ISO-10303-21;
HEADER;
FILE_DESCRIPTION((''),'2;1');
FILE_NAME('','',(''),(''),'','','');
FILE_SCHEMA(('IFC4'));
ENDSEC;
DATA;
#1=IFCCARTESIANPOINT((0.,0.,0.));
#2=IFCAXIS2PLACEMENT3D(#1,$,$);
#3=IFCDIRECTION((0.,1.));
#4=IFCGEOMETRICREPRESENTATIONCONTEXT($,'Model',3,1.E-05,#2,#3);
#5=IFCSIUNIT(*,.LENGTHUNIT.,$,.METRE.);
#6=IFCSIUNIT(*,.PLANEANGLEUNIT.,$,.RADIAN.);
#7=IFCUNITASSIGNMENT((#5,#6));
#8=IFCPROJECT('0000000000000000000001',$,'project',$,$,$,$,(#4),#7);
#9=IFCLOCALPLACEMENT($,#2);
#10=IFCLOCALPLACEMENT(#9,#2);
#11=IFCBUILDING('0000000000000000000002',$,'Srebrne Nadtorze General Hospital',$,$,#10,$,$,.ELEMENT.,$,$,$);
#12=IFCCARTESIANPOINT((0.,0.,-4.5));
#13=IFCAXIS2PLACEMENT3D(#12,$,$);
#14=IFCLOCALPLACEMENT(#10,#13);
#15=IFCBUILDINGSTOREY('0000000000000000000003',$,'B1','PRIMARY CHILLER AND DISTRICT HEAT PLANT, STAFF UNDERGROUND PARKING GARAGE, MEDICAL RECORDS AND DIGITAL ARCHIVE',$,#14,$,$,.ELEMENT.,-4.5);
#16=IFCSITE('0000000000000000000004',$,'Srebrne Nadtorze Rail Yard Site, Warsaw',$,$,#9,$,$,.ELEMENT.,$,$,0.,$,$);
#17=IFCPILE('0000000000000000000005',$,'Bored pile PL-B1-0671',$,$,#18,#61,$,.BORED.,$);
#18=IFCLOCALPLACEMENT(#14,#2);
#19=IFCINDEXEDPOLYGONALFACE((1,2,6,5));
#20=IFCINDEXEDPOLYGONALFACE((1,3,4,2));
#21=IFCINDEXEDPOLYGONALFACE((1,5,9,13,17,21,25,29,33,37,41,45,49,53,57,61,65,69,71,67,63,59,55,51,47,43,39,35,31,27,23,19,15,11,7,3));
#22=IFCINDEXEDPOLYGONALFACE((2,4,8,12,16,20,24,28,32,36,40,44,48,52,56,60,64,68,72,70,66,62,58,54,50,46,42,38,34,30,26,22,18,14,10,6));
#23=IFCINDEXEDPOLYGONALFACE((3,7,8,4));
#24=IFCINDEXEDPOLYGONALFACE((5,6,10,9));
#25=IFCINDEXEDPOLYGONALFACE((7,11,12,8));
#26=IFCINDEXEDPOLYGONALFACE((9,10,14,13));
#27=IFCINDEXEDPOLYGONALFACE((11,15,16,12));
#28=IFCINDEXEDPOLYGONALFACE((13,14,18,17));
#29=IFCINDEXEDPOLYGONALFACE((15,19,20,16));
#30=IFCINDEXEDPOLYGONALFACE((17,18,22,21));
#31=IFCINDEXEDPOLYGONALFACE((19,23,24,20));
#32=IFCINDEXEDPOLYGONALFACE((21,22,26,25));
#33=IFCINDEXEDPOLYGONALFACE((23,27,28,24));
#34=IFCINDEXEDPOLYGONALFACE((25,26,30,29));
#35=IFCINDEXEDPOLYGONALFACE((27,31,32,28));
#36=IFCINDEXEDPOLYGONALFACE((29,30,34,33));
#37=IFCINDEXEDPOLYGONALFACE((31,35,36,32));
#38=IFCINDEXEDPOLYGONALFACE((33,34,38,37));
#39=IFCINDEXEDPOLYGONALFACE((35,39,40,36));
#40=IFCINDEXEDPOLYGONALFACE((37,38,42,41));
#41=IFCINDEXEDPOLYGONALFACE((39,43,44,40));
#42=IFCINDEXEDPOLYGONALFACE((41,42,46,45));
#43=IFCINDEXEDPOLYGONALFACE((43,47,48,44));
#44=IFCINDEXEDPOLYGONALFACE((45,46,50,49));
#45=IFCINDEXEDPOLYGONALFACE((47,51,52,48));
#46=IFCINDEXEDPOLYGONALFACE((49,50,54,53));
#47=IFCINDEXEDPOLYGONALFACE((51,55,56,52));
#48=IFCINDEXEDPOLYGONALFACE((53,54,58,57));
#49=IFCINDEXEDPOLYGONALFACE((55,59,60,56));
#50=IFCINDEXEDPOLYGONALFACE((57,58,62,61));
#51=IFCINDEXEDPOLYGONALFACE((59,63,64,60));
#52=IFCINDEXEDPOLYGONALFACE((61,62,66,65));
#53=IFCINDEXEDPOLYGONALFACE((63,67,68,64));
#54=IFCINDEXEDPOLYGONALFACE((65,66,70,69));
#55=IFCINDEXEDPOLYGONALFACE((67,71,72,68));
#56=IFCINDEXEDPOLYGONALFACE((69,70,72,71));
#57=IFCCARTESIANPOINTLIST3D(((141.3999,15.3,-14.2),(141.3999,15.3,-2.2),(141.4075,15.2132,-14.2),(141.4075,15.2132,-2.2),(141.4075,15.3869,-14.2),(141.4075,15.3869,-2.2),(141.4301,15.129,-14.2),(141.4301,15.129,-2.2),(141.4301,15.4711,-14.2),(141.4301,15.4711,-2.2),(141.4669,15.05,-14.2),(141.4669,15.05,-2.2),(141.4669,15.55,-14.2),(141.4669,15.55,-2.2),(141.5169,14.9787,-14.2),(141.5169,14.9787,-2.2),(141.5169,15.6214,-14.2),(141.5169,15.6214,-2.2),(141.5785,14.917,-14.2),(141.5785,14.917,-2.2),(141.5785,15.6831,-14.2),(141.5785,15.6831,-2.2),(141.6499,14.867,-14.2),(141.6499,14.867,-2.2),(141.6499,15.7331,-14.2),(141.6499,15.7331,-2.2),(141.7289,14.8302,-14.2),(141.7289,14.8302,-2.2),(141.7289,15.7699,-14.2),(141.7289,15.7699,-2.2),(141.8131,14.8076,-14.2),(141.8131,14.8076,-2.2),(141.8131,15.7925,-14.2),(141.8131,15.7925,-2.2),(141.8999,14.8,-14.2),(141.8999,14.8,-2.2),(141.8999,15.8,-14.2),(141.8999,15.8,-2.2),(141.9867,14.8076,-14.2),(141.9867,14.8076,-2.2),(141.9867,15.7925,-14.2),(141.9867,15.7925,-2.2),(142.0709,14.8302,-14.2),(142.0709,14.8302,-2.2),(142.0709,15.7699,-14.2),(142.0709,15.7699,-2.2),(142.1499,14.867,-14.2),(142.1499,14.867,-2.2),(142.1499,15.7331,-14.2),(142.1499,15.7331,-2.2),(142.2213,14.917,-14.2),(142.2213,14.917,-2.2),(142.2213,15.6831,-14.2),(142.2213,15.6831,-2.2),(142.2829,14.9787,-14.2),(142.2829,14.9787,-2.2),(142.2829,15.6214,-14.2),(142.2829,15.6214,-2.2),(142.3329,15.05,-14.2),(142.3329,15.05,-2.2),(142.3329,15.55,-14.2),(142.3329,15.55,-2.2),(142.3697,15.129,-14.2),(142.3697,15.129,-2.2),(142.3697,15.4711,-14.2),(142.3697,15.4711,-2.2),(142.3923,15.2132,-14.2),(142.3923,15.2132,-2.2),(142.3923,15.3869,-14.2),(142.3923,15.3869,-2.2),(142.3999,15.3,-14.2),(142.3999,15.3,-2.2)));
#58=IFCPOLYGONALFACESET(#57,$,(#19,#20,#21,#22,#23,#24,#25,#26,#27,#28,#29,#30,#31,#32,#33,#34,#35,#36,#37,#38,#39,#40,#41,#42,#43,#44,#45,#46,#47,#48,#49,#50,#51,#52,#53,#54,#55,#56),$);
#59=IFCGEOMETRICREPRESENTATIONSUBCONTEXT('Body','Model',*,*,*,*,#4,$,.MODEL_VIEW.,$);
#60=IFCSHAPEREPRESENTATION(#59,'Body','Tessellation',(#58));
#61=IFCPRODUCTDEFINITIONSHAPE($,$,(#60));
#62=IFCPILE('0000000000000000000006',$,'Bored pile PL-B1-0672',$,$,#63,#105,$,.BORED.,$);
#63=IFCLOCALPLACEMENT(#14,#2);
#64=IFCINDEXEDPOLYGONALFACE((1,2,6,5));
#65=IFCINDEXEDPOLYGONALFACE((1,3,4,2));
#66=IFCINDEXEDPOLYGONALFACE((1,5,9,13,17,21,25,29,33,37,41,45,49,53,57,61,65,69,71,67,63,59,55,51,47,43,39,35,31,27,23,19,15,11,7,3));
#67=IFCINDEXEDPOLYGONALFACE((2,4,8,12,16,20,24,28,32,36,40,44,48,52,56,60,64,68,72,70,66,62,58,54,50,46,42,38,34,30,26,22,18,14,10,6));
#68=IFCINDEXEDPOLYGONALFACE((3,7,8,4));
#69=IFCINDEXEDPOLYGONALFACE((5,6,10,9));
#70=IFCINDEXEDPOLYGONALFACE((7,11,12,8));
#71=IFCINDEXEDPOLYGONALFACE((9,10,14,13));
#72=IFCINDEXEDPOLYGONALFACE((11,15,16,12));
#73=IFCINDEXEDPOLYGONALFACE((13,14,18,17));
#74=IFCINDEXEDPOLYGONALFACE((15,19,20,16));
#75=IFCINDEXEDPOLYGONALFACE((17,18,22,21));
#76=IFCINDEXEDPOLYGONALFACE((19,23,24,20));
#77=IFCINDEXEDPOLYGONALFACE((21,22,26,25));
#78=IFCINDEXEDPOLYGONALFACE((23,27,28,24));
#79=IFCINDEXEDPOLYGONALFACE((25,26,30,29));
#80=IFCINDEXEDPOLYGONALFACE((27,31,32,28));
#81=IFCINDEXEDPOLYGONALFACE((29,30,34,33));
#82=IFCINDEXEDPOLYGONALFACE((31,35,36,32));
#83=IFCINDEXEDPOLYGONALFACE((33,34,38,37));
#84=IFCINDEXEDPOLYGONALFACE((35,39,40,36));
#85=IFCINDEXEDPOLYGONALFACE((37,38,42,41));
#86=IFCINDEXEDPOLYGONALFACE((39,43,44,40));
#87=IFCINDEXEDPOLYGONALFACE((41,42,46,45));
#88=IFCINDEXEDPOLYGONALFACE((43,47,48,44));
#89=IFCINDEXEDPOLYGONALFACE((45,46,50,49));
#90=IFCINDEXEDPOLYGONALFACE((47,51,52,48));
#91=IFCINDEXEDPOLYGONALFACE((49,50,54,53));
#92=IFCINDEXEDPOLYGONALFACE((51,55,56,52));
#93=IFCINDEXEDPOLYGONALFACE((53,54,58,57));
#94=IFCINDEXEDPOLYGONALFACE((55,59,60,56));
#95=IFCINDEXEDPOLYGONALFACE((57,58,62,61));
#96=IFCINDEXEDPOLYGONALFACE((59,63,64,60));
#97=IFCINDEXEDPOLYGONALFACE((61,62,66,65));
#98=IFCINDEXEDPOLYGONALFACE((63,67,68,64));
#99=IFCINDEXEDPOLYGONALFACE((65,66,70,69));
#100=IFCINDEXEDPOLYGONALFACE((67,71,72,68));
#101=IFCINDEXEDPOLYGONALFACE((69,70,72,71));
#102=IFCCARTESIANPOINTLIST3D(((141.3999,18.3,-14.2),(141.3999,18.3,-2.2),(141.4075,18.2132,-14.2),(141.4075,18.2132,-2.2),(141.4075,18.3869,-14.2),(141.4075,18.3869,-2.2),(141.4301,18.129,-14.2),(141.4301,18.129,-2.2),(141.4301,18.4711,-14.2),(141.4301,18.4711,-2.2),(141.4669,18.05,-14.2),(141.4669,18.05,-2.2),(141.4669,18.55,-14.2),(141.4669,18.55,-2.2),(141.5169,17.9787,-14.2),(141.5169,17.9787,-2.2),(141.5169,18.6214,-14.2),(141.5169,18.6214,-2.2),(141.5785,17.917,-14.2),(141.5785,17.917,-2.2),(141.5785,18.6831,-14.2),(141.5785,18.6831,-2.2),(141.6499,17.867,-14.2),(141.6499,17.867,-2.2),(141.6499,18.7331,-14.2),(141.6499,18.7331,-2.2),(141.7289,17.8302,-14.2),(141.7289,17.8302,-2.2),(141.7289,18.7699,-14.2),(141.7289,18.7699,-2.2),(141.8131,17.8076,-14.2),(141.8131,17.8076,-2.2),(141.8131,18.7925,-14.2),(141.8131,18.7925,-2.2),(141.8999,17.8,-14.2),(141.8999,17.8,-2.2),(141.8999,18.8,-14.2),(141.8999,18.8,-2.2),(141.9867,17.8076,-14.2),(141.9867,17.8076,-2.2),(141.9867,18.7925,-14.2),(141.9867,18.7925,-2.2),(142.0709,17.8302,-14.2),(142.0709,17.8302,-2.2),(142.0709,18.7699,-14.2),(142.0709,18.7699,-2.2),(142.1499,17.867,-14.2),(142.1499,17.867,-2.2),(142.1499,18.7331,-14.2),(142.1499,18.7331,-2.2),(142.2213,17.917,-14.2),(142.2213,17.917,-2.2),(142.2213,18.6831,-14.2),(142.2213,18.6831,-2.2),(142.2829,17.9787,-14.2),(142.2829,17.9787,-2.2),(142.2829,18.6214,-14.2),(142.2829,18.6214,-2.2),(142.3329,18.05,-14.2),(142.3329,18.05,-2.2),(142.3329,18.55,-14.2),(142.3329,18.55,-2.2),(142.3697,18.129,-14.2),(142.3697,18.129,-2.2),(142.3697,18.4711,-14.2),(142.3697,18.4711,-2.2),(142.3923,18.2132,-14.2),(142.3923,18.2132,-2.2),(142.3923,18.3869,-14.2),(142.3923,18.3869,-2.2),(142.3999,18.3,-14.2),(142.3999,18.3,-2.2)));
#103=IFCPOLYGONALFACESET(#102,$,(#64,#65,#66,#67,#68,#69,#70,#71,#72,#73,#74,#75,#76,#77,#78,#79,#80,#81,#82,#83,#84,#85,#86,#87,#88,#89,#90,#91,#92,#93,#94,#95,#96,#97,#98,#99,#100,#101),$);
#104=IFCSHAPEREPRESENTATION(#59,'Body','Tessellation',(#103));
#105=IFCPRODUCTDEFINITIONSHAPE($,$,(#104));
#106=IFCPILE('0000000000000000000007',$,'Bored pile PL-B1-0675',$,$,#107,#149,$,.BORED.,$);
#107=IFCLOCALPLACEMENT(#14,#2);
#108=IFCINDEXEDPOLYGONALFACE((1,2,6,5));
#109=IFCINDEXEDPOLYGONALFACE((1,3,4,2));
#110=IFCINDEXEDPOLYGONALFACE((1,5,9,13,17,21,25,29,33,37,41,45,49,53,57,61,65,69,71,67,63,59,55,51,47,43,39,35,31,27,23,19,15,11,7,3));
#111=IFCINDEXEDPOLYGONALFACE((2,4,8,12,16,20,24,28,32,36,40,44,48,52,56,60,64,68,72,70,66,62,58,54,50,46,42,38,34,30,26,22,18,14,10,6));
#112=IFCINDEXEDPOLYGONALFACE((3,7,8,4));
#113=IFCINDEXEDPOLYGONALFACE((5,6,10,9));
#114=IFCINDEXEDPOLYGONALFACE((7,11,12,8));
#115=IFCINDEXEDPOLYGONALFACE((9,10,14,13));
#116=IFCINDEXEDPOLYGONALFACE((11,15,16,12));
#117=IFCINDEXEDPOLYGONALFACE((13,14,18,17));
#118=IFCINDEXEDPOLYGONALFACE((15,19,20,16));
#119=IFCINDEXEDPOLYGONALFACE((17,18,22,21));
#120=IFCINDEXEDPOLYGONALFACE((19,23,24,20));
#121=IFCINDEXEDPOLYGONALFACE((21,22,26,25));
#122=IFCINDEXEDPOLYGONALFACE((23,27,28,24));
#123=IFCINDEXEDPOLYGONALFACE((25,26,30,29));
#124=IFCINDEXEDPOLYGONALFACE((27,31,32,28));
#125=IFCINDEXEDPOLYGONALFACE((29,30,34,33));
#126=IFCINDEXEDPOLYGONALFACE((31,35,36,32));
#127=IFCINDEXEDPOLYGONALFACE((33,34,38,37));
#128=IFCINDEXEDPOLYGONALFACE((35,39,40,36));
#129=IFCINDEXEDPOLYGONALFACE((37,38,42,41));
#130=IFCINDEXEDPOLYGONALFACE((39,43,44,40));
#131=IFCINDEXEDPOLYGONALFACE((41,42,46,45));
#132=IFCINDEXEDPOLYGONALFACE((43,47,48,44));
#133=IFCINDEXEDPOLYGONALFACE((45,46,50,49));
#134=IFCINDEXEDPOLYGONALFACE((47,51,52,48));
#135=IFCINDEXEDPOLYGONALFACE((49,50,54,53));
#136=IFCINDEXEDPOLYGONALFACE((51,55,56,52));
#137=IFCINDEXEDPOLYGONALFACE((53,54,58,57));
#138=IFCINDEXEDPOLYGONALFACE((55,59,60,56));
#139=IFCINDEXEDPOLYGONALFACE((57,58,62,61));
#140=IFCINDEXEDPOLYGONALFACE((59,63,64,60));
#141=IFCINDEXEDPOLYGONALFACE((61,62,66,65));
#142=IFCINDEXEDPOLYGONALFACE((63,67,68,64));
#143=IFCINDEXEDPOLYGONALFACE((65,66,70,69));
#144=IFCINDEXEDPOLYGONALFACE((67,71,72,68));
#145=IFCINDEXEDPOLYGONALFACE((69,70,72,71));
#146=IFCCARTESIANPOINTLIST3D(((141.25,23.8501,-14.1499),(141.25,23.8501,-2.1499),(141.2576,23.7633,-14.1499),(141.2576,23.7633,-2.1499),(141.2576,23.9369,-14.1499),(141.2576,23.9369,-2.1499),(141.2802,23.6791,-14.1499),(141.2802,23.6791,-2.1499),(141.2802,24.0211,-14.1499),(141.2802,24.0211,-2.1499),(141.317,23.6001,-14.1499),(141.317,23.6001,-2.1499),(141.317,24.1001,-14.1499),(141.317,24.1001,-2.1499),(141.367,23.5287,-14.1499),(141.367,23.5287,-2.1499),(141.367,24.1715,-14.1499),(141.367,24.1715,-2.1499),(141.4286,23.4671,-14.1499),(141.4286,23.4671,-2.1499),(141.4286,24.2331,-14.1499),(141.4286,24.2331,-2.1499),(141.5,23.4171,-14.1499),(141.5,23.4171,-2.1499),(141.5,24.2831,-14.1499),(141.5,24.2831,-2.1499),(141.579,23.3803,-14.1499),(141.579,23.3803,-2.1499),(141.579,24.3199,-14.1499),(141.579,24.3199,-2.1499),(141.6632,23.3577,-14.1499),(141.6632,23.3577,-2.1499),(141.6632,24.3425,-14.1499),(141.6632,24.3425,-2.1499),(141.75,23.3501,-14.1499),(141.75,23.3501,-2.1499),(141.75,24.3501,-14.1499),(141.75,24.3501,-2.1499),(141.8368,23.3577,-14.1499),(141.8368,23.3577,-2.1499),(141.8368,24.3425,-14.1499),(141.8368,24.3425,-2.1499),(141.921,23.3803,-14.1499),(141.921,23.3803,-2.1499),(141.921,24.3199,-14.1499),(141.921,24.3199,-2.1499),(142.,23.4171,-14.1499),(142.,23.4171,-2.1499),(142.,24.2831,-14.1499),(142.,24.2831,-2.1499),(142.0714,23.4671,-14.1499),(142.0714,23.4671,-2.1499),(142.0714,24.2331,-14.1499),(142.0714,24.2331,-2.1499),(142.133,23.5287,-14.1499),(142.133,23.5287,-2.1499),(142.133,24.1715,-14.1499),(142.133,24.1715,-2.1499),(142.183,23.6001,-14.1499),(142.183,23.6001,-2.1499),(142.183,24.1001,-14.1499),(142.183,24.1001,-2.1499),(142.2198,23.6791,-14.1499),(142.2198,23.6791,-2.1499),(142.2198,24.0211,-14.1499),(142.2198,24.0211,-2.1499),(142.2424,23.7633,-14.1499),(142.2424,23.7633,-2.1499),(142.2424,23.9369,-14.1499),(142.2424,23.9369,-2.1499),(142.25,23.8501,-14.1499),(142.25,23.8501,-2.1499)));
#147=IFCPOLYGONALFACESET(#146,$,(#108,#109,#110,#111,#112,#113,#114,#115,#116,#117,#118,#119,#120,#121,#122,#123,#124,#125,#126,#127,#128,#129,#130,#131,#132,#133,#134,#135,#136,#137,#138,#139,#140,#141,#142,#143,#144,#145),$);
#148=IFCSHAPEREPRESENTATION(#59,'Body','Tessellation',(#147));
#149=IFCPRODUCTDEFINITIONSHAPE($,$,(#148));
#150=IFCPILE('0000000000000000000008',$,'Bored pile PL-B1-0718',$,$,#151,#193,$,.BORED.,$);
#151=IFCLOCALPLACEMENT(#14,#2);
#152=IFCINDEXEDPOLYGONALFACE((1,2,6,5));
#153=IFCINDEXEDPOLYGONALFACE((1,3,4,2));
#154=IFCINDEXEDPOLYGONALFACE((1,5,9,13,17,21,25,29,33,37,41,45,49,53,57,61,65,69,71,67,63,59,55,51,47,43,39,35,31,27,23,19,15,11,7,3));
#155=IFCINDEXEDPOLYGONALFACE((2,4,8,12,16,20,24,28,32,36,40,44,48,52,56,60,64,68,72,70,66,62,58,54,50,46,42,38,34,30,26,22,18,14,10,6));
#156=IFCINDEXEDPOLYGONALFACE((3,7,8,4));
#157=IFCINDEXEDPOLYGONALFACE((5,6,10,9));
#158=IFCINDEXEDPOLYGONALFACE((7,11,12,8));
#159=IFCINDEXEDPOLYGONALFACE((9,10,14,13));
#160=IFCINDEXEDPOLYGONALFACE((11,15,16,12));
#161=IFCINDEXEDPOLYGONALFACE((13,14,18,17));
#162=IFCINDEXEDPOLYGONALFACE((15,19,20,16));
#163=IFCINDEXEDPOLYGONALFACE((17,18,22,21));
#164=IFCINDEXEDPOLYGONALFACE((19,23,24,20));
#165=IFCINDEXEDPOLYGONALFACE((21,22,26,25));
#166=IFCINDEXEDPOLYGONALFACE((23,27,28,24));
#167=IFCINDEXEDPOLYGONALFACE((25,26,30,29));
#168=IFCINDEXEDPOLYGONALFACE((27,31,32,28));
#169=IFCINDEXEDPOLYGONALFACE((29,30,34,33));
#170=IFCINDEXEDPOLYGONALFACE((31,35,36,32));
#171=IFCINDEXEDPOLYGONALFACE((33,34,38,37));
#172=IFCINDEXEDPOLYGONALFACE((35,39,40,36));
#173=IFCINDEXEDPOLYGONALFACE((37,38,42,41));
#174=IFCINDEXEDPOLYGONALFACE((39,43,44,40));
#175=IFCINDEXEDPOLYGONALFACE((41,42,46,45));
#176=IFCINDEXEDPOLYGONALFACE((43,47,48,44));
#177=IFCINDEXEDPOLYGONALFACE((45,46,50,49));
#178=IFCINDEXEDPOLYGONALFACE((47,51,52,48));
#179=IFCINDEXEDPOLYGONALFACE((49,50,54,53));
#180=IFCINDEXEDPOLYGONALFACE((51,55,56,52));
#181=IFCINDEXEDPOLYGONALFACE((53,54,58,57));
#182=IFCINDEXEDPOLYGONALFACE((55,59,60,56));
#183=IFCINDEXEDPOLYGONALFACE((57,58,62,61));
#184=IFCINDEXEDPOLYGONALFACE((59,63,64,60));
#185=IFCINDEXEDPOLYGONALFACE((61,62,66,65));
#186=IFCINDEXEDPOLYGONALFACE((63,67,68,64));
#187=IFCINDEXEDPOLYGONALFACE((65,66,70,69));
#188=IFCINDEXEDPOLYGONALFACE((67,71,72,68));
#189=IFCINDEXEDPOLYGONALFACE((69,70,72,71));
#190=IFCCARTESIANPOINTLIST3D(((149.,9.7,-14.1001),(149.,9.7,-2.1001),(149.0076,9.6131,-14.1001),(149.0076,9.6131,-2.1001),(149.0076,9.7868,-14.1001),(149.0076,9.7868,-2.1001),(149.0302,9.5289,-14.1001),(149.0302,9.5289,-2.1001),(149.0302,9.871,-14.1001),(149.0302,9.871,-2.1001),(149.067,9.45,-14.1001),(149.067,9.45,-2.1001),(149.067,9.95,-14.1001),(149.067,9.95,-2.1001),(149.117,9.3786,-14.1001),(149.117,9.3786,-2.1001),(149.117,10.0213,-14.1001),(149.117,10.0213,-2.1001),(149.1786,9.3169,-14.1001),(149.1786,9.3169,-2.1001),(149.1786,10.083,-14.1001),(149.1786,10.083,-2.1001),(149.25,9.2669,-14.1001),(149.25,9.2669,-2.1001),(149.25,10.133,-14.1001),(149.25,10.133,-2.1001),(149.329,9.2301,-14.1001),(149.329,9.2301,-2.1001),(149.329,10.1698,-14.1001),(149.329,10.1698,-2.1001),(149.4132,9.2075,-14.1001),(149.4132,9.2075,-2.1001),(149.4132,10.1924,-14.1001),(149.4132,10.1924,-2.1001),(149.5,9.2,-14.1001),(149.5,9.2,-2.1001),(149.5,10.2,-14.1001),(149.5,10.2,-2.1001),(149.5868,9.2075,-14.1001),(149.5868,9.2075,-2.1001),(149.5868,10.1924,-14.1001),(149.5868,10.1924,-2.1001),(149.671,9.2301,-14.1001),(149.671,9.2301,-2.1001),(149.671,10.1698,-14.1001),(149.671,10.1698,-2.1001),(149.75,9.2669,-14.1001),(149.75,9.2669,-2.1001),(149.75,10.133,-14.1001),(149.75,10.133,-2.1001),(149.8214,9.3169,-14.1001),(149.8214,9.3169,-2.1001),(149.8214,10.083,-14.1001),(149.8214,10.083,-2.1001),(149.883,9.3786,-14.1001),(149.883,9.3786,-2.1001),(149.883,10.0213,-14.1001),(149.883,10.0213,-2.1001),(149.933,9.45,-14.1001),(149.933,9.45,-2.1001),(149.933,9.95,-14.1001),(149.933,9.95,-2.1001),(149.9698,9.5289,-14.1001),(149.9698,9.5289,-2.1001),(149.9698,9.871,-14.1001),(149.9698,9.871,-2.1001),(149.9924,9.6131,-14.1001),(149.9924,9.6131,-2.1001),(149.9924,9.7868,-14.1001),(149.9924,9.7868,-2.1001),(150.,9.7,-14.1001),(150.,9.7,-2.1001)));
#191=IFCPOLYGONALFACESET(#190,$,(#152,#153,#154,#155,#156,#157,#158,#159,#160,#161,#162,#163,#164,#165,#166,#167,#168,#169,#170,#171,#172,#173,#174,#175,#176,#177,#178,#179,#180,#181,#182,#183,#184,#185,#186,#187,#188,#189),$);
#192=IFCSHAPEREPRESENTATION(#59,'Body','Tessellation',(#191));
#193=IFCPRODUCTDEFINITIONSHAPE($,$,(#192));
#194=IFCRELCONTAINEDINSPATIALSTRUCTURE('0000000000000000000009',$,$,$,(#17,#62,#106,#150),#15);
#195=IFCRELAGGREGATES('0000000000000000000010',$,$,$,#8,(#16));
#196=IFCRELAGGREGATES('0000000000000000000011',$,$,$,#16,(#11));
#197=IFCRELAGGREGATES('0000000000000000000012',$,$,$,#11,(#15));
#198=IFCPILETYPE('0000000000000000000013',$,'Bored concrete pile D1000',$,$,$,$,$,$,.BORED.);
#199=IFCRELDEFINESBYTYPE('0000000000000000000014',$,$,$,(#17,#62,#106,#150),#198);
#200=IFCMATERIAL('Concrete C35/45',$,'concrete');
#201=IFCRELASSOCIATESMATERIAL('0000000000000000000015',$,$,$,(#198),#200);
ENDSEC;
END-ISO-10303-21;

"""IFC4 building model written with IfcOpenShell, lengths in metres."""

from ifc_helpers import new_model, si_unit, direction, frame, origin, origin_2d, place, context, subcontext, project, spatial, circle, extrude, material, material_profile, profile_set, type_object, element, save


model = new_model("IFC4")

# Units and contexts
model_context = context("Model", 3, precision=1e-05, world=origin(), true_north=direction((0.0, 1.0)))
body_context = subcontext(model_context, "Body", "Model", "MODEL_VIEW")
ifc_project = project(units=[si_unit("LENGTHUNIT", "METRE"), si_unit("PLANEANGLEUNIT", "RADIAN")], contexts=[model_context])

# Site, building, storey
site_placement = place(None, origin())
site = spatial("IfcSite", under=ifc_project, at=site_placement, Name="Srebrne Nadtorze Rail Yard Site, Warsaw", CompositionType="ELEMENT", RefElevation=0.0)
building_placement = place(site_placement, origin())
building = spatial("IfcBuilding", under=site, at=building_placement, Name="Srebrne Nadtorze General Hospital", CompositionType="ELEMENT")
storey_placement = place(building_placement, frame((0.0, 0.0, -4.5)))
storey = spatial("IfcBuildingStorey", under=building, at=storey_placement, Name="B1", Description="PRIMARY CHILLER AND DISTRICT HEAT PLANT, STAFF UNDERGROUND PARKING GARAGE, MEDICAL RECORDS AND DIGITAL ARCHIVE", CompositionType="ELEMENT", Elevation=-4.5)

# Piles
ifc_material_1 = material(Name="Concrete C35/45", Category="concrete")
ifc_material_profile_1 = material_profile(ifc_material_1, circle(Radius=0.5, at=origin_2d()), Name="PILE-D1000")
ifc_profile_set_1 = profile_set([ifc_material_profile_1], Name="Concrete C35/45")
pile_type_1 = type_object("IfcPileType", Name="Bored concrete pile D1000", PredefinedType="BORED", material=ifc_profile_set_1)
for number, where, z_axis, x_axis, name in (
    (1, (141.8999, 15.3, -2.2), (0.0, 0.0, -1.0), (1.0, 0.0, 0.0), "Bored pile PL-B1-0671"),
    (2, (141.8999, 18.3, -2.2), (0.0, 0.0, -1.0), (1.0, 0.0, 0.0), "Bored pile PL-B1-0672"),
    (3, (141.75, 23.8501, -2.1499), (0.0, 0.0, -1.0), (1.0, 0.0, 0.0), "Bored pile PL-B1-0675"),
    (4, (149.5, 9.7, -2.1001), (0.0, 0.0, -1.0), (1.0, 0.0, 0.0), "Bored pile PL-B1-0718"),
):
    element("IfcPile", number, at=place(storey_placement, frame(where, z_axis=z_axis, x_axis=x_axis)), inside=storey, type_object=pile_type_1, Name=name, PredefinedType="BORED", context=body_context, shape_type="SweptSolid", body=[
        extrude(circle(Radius=0.5, at=origin_2d()), origin(), (0.0, 0.0, 1.0), 12.0),
    ])

save(model, "model.ifc")
